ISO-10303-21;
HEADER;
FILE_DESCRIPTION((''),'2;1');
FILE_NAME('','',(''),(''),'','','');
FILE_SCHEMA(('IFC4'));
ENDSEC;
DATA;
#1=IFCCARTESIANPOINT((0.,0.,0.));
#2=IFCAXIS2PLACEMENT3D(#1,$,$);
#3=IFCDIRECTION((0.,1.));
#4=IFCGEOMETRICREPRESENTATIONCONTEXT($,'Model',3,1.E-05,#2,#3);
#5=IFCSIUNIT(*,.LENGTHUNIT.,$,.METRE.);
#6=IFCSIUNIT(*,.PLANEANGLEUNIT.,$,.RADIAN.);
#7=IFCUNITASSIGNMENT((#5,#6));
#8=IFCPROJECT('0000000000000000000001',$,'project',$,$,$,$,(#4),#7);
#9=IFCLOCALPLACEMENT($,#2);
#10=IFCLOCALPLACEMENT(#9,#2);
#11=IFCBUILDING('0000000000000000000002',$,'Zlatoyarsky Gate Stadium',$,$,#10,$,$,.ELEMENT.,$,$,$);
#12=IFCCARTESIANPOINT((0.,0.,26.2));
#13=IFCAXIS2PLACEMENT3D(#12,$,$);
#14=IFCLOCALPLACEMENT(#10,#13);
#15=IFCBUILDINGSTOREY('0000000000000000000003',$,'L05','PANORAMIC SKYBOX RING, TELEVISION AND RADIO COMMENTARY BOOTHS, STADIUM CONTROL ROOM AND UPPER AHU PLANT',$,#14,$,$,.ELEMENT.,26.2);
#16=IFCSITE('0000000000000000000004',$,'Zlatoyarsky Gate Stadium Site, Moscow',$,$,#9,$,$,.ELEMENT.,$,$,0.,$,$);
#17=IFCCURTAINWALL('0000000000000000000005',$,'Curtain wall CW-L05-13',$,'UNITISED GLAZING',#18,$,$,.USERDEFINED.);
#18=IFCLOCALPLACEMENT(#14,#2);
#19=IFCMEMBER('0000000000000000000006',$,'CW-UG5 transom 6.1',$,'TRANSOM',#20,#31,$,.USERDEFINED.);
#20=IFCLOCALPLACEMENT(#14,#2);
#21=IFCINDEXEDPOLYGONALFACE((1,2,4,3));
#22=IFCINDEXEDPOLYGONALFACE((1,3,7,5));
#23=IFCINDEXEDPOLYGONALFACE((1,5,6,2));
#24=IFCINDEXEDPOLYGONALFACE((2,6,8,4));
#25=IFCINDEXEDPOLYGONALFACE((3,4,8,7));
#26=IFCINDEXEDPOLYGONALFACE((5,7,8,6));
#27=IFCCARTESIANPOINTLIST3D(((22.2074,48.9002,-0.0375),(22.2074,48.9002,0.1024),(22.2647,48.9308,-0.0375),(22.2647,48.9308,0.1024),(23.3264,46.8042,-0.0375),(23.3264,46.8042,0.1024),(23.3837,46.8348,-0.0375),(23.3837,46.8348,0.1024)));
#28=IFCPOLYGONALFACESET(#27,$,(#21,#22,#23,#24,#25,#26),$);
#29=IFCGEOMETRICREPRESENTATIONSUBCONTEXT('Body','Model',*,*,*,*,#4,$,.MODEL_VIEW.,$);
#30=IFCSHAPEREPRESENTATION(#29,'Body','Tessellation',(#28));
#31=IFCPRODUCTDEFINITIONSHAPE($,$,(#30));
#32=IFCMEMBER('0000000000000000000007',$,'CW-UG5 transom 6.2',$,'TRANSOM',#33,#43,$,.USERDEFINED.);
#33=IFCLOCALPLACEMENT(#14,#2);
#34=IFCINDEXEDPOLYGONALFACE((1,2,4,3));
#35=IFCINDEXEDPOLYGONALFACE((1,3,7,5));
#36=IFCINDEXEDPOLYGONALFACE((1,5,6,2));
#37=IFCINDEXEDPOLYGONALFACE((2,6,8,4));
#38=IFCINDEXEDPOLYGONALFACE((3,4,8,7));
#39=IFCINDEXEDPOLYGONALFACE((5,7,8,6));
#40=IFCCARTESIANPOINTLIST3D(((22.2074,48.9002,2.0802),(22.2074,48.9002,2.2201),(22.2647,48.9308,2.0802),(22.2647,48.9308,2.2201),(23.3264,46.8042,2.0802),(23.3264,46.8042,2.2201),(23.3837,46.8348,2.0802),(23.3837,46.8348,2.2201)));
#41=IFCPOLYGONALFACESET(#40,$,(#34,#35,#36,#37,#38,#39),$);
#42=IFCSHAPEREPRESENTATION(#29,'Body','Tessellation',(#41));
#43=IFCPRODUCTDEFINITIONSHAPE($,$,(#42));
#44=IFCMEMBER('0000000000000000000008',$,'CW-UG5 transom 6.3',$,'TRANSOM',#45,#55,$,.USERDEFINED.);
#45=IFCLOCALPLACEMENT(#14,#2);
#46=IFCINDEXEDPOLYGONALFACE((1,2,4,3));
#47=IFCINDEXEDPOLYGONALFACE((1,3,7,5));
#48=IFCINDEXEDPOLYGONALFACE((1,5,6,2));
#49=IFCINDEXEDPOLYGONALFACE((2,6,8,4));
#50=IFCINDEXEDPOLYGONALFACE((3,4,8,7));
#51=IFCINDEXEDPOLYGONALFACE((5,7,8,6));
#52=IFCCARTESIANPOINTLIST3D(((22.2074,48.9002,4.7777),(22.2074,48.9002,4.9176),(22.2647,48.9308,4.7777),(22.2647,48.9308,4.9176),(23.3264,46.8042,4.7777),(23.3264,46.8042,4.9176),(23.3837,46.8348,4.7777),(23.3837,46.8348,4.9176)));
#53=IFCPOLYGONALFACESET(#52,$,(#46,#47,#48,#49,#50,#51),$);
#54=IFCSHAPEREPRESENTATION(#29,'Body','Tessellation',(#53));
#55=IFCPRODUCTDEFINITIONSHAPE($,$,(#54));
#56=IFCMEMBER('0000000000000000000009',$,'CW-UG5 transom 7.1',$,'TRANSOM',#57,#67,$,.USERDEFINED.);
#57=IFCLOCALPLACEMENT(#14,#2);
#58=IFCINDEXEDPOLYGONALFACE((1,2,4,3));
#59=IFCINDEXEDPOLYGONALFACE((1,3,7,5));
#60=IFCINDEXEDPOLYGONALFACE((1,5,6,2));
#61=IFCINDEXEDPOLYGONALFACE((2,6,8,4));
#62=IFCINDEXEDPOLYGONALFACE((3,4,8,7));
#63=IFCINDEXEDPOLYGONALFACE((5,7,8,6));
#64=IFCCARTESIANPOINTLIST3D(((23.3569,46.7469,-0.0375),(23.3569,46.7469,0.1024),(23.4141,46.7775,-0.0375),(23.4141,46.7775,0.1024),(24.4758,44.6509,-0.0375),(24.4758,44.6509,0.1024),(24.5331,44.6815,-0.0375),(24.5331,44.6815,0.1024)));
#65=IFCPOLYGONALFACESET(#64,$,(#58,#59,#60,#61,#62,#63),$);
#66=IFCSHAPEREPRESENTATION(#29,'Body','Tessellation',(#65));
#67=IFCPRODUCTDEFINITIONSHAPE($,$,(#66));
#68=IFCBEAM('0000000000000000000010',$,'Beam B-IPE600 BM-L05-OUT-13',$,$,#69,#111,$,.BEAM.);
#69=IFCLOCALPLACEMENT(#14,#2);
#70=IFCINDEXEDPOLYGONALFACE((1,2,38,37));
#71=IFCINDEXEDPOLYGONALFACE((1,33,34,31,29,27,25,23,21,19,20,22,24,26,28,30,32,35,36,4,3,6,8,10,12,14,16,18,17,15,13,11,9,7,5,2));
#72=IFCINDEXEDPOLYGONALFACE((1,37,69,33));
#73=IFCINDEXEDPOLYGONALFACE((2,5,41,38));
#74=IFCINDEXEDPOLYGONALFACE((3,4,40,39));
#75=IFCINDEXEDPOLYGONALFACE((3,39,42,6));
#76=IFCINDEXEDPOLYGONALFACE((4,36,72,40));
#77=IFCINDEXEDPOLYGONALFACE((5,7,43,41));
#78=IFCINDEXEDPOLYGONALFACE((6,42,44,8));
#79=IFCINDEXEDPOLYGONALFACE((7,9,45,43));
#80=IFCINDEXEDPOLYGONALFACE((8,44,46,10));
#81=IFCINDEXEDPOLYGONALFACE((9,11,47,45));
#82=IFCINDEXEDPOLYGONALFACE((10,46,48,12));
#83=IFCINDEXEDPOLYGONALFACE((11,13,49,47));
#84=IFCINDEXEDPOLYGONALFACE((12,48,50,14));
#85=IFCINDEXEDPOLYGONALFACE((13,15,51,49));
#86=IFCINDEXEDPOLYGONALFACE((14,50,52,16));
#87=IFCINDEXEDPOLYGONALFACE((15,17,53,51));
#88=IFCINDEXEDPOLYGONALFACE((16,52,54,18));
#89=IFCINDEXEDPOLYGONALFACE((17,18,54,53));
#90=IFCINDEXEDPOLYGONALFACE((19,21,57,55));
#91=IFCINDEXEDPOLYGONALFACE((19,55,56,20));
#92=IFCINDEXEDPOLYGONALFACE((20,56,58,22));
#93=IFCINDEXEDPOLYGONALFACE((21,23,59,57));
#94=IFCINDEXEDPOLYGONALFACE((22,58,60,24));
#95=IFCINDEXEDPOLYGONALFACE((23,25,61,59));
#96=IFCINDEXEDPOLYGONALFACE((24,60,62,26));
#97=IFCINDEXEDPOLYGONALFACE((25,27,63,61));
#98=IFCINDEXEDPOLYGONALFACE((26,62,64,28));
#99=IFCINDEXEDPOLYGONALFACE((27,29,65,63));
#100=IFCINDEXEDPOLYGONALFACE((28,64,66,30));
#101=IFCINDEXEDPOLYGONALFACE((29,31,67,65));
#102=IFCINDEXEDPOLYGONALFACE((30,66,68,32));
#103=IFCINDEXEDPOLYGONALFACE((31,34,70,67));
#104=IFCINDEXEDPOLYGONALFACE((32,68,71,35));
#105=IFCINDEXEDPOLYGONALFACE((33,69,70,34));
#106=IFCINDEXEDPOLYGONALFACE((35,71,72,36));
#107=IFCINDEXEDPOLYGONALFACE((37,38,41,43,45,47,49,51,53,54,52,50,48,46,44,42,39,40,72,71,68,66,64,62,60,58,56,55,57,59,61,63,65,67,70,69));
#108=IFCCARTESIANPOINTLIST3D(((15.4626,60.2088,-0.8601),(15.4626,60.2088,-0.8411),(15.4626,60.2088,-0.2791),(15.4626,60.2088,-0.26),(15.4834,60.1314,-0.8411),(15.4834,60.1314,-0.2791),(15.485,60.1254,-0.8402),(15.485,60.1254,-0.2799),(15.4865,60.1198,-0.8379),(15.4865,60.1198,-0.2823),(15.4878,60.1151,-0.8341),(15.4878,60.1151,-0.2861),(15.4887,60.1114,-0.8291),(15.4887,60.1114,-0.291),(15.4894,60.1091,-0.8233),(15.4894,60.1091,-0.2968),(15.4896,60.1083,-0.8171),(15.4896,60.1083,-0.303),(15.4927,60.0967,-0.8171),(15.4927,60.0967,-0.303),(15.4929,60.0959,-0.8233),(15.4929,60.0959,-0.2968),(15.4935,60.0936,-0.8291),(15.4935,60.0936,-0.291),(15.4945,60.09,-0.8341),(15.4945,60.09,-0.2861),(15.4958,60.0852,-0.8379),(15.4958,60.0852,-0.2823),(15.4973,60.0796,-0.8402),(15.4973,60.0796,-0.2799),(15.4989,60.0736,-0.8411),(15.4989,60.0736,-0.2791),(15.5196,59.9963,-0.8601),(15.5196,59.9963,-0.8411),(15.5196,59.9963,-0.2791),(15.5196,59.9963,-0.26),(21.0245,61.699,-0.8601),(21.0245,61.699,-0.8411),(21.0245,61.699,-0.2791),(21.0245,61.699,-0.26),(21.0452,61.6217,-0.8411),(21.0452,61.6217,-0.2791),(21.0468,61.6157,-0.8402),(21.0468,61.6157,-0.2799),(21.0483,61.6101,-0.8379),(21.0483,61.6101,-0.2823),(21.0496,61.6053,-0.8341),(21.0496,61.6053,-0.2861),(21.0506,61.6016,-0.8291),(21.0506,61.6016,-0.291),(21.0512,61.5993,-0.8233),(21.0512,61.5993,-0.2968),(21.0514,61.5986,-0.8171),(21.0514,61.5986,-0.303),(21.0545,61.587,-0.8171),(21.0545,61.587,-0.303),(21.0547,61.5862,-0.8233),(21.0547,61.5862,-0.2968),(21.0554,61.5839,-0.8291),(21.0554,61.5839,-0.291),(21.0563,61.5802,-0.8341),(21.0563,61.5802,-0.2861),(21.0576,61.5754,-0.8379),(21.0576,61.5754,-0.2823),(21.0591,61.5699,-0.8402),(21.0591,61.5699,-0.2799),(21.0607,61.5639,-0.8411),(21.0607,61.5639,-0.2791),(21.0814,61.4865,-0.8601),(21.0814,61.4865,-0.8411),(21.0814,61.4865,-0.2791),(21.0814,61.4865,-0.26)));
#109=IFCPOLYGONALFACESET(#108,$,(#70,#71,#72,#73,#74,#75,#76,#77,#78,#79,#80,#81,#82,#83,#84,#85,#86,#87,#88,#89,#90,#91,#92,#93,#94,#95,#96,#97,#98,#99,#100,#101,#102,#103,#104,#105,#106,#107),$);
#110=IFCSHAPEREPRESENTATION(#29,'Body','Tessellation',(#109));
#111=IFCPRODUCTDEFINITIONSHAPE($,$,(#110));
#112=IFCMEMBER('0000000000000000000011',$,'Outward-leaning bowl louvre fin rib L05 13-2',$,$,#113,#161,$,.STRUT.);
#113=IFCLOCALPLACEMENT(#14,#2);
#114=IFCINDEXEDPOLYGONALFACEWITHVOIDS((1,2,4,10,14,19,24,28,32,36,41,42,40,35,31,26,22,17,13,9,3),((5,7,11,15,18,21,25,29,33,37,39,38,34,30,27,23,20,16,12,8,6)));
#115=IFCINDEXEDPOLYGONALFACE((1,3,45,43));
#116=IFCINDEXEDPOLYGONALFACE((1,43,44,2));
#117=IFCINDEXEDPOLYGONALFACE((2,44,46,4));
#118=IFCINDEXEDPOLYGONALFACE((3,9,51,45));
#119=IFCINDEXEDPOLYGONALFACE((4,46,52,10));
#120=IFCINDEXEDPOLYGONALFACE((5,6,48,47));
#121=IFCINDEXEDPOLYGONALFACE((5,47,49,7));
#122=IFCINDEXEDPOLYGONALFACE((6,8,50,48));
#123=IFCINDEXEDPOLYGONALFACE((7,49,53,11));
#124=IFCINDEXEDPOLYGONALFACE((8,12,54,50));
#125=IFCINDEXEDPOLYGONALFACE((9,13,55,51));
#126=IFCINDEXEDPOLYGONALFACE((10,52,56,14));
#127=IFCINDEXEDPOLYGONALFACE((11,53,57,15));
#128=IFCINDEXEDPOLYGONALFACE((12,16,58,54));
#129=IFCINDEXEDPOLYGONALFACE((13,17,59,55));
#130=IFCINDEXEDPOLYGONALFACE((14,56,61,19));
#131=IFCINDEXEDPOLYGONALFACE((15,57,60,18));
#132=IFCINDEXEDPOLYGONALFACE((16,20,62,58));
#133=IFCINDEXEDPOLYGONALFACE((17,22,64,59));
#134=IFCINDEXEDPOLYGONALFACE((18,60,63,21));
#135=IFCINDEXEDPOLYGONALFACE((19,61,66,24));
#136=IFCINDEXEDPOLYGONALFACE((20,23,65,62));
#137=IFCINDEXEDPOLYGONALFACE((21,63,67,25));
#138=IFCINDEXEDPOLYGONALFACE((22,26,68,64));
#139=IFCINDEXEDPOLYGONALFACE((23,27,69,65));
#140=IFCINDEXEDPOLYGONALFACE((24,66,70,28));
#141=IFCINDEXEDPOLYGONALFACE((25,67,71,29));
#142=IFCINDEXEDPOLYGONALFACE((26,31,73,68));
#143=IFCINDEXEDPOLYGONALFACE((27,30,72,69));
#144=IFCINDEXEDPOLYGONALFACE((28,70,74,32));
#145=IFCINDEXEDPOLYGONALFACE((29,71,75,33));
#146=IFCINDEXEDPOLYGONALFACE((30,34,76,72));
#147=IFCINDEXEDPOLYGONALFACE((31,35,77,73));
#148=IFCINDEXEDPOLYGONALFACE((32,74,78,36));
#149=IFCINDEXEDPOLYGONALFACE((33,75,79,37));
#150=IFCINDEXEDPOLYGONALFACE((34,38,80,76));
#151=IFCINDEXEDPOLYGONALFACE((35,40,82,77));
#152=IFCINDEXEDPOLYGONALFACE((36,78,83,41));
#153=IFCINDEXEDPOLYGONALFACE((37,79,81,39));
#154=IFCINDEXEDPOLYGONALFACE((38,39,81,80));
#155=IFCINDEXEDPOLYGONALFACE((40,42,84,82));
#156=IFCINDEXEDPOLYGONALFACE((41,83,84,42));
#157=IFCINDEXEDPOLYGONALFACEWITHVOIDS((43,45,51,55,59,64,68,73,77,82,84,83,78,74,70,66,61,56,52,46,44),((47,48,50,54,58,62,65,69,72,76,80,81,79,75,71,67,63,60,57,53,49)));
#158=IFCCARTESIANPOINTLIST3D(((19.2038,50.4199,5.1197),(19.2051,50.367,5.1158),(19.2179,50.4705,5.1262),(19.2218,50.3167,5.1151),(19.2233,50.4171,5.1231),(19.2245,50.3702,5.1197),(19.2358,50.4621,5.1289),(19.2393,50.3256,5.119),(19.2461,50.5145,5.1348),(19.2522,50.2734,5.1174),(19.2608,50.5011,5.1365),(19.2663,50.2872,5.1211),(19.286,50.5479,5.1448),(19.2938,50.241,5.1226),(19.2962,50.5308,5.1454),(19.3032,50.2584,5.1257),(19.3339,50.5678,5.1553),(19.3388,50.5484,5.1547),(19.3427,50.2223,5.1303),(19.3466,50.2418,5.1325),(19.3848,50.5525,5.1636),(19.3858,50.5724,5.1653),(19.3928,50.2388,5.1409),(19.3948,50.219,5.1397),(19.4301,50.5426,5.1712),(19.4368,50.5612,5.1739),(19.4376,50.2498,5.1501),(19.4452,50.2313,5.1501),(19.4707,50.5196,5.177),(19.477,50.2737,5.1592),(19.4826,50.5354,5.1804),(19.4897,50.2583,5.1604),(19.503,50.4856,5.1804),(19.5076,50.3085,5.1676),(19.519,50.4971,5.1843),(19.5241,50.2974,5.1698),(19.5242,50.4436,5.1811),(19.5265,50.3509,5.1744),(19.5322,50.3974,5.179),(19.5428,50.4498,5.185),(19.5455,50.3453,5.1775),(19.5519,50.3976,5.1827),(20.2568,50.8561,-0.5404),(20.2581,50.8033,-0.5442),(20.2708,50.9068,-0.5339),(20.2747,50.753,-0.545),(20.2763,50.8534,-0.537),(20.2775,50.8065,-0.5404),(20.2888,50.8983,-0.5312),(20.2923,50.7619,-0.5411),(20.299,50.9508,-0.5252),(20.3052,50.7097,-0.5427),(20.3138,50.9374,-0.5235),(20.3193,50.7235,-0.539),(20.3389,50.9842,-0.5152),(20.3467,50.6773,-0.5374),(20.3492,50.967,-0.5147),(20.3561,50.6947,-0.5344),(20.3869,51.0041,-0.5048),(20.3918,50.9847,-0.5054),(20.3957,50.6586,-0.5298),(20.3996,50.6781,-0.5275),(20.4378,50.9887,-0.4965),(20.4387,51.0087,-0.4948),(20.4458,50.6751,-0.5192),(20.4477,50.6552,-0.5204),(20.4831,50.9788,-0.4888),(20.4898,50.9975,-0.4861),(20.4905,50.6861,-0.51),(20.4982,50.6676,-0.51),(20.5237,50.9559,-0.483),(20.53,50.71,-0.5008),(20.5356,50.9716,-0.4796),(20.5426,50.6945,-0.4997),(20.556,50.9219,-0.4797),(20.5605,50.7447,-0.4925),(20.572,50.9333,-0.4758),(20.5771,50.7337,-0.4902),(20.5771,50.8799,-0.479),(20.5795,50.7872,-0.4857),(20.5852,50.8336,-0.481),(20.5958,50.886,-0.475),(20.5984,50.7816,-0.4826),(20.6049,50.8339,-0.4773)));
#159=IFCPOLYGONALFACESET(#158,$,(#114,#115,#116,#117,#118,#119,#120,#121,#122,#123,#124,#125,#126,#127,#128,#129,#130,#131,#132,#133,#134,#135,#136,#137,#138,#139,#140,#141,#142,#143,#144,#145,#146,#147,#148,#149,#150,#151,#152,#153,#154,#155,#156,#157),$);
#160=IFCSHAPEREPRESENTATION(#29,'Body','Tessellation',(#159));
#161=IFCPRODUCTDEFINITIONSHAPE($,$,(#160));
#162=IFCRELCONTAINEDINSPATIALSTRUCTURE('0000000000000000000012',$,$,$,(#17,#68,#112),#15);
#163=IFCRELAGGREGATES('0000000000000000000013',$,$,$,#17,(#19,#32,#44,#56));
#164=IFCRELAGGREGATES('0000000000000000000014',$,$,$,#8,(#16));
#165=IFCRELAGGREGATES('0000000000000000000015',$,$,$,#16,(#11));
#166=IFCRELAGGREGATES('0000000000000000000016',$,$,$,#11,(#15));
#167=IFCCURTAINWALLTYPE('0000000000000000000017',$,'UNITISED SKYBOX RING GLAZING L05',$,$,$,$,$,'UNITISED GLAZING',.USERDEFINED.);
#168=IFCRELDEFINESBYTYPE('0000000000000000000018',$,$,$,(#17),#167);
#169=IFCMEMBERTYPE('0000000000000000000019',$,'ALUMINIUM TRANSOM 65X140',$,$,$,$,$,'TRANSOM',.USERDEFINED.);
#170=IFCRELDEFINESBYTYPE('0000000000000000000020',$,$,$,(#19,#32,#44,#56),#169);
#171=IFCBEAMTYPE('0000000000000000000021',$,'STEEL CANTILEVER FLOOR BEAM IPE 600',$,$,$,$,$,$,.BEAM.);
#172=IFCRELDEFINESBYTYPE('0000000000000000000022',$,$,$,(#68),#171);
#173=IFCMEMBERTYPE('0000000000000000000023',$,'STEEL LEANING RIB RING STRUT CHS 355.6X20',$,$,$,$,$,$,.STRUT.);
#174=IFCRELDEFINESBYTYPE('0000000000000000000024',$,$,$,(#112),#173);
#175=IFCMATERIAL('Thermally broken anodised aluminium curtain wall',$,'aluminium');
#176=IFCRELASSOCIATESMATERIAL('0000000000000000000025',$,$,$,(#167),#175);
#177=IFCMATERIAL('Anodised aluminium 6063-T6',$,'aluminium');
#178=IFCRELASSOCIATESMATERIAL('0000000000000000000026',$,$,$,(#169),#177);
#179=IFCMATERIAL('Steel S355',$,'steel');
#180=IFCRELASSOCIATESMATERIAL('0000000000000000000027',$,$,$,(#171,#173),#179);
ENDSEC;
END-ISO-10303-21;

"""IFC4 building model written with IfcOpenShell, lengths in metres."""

from ifc_helpers import new_model, si_unit, direction, frame, origin, origin_2d, place, context, subcontext, project, spatial, rectangle, hollow_circle, i_section, extrude, material, material_profile, profile_set, type_object, element, aggregate, save


model = new_model("IFC4")

# Units and contexts
model_context = context("Model", 3, precision=1e-05, world=origin(), true_north=direction((0.0, 1.0)))
body_context = subcontext(model_context, "Body", "Model", "MODEL_VIEW")
ifc_project = project(units=[si_unit("LENGTHUNIT", "METRE"), si_unit("PLANEANGLEUNIT", "RADIAN")], contexts=[model_context])

# Site, building, storey
site_placement = place(None, origin())
site = spatial("IfcSite", under=ifc_project, at=site_placement, Name="Zlatoyarsky Gate Stadium Site, Moscow", CompositionType="ELEMENT", RefElevation=0.0)
building_placement = place(site_placement, origin())
building = spatial("IfcBuilding", under=site, at=building_placement, Name="Zlatoyarsky Gate Stadium", CompositionType="ELEMENT")
storey_placement = place(building_placement, frame((0.0, 0.0, 26.2)))
storey = spatial("IfcBuildingStorey", under=building, at=storey_placement, Name="L05", Description="PANORAMIC SKYBOX RING, TELEVISION AND RADIO COMMENTARY BOOTHS, STADIUM CONTROL ROOM AND UPPER AHU PLANT", CompositionType="ELEMENT", Elevation=26.2)

# Shared definitions
ifc_material_1 = material(Name="Steel S355", Category="steel")

# Curtain wall, members
ifc_material_2 = material(Name="Thermally broken anodised aluminium curtain wall", Category="aluminium")
curtain_wall_type = type_object("IfcCurtainWallType", Name="UNITISED SKYBOX RING GLAZING L05", ElementType="UNITISED GLAZING", PredefinedType="USERDEFINED", material=ifc_material_2)
curtain_wall_placement = place(storey_placement, origin())
curtain_wall = element("IfcCurtainWall", 1, at=curtain_wall_placement, inside=storey, type_object=curtain_wall_type, Name="Curtain wall CW-L05-13", ObjectType="UNITISED GLAZING", PredefinedType="USERDEFINED")
ifc_material_3 = material(Name="Anodised aluminium 6063-T6", Category="aluminium")
ifc_material_profile_1 = material_profile(ifc_material_3, rectangle(XDim=0.0649, YDim=0.1399, at=origin_2d()), Name="ALU 65X140")
ifc_profile_set_1 = profile_set([ifc_material_profile_1], Name="Anodised aluminium 6063-T6")
member_type_1 = type_object("IfcMemberType", Name="ALUMINIUM TRANSOM 65X140", ElementType="TRANSOM", PredefinedType="USERDEFINED", material=ifc_profile_set_1)
member_1_placement = place(storey_placement, frame((22.2361, 48.9155, 0.0325), z_axis=(0.470935, -0.882168, 0.0), x_axis=(0.882168, 0.470935, 0.0)))
member_1 = element("IfcMember", 2, at=member_1_placement, type_object=member_type_1, Name="CW-UG5 transom 6.1", ObjectType="TRANSOM", PredefinedType="USERDEFINED", context=body_context, shape_type="SweptSolid", body=[
    extrude(rectangle(XDim=0.0649, YDim=0.1399, at=origin_2d()), origin(), (0.0, 0.0, 1.0), 2.376),
])
member_2_placement = place(storey_placement, frame((22.2361, 48.9155, 2.1501), z_axis=(0.470935, -0.882168, 0.0), x_axis=(0.882168, 0.470935, 0.0)))
member_2 = element("IfcMember", 3, at=member_2_placement, type_object=member_type_1, Name="CW-UG5 transom 6.2", ObjectType="TRANSOM", PredefinedType="USERDEFINED", context=body_context, shape_type="SweptSolid", body=[
    extrude(rectangle(XDim=0.0649, YDim=0.1399, at=origin_2d()), origin(), (0.0, 0.0, 1.0), 2.376),
])
member_3_placement = place(storey_placement, frame((22.2361, 48.9155, 4.8477), z_axis=(0.470935, -0.882168, 0.0), x_axis=(0.882168, 0.470935, 0.0)))
member_3 = element("IfcMember", 4, at=member_3_placement, type_object=member_type_1, Name="CW-UG5 transom 6.3", ObjectType="TRANSOM", PredefinedType="USERDEFINED", context=body_context, shape_type="SweptSolid", body=[
    extrude(rectangle(XDim=0.0649, YDim=0.1399, at=origin_2d()), origin(), (0.0, 0.0, 1.0), 2.376),
])
member_4_placement = place(storey_placement, frame((23.3855, 46.7622, 0.0325), z_axis=(0.470935, -0.882168, 0.0), x_axis=(0.882168, 0.470935, 0.0)))
member_4 = element("IfcMember", 5, at=member_4_placement, type_object=member_type_1, Name="CW-UG5 transom 7.1", ObjectType="TRANSOM", PredefinedType="USERDEFINED", context=body_context, shape_type="SweptSolid", body=[
    extrude(rectangle(XDim=0.0649, YDim=0.1399, at=origin_2d()), origin(), (0.0, 0.0, 1.0), 2.376),
])

# Beam
ifc_material_profile_2 = material_profile(ifc_material_1, i_section(OverallWidth=0.22, OverallDepth=0.6001, WebThickness=0.012, FlangeThickness=0.019, FilletRadius=0.0239, at=origin_2d()), Name="IPE 600")
ifc_profile_set_2 = profile_set([ifc_material_profile_2], Name="Steel S355")
beam_type_1 = type_object("IfcBeamType", Name="STEEL CANTILEVER FLOOR BEAM IPE 600", PredefinedType="BEAM", material=ifc_profile_set_2)
beam_1_placement = place(storey_placement, frame((21.053, 61.5928, -0.5601), z_axis=(-0.965927, -0.258813, 0.0), x_axis=(0.258813, -0.965927, 0.0)))
element("IfcBeam", 6, at=beam_1_placement, inside=storey, type_object=beam_type_1, Name="Beam B-IPE600 BM-L05-OUT-13", PredefinedType="BEAM", context=body_context, shape_type="SweptSolid", body=[
    extrude(i_section(OverallWidth=0.22, OverallDepth=0.6001, WebThickness=0.012, FlangeThickness=0.019, FilletRadius=0.0239, at=origin_2d()), origin(), (0.0, 0.0, 1.0), 5.7581),
])

# Member
ifc_material_profile_3 = material_profile(ifc_material_1, hollow_circle(Radius=0.1777, WallThickness=0.02, at=origin_2d()), Name="CHS 355.6X20")
ifc_profile_set_3 = profile_set([ifc_material_profile_3], Name="Steel S355")
member_type_2 = type_object("IfcMemberType", Name="STEEL LEANING RIB RING STRUT CHS 355.6X20", PredefinedType="STRUT", material=ifc_profile_set_3)
member_5_placement = place(storey_placement, frame((20.4302, 50.8318, -0.51), z_axis=(-0.182373, -0.075562, 0.980322), x_axis=(0.382774, -0.923842, 0.0)))
element("IfcMember", 7, at=member_5_placement, inside=storey, type_object=member_type_2, Name="Outward-leaning bowl louvre fin rib L05 13-2", PredefinedType="STRUT", context=body_context, shape_type="SweptSolid", body=[
    extrude(hollow_circle(Radius=0.1777, WallThickness=0.02, at=origin_2d()), origin(), (0.0, 0.0, 1.0), 5.7737),
])

aggregate(curtain_wall, [member_1, member_2, member_3, member_4])

save(model, "model.ifc")
